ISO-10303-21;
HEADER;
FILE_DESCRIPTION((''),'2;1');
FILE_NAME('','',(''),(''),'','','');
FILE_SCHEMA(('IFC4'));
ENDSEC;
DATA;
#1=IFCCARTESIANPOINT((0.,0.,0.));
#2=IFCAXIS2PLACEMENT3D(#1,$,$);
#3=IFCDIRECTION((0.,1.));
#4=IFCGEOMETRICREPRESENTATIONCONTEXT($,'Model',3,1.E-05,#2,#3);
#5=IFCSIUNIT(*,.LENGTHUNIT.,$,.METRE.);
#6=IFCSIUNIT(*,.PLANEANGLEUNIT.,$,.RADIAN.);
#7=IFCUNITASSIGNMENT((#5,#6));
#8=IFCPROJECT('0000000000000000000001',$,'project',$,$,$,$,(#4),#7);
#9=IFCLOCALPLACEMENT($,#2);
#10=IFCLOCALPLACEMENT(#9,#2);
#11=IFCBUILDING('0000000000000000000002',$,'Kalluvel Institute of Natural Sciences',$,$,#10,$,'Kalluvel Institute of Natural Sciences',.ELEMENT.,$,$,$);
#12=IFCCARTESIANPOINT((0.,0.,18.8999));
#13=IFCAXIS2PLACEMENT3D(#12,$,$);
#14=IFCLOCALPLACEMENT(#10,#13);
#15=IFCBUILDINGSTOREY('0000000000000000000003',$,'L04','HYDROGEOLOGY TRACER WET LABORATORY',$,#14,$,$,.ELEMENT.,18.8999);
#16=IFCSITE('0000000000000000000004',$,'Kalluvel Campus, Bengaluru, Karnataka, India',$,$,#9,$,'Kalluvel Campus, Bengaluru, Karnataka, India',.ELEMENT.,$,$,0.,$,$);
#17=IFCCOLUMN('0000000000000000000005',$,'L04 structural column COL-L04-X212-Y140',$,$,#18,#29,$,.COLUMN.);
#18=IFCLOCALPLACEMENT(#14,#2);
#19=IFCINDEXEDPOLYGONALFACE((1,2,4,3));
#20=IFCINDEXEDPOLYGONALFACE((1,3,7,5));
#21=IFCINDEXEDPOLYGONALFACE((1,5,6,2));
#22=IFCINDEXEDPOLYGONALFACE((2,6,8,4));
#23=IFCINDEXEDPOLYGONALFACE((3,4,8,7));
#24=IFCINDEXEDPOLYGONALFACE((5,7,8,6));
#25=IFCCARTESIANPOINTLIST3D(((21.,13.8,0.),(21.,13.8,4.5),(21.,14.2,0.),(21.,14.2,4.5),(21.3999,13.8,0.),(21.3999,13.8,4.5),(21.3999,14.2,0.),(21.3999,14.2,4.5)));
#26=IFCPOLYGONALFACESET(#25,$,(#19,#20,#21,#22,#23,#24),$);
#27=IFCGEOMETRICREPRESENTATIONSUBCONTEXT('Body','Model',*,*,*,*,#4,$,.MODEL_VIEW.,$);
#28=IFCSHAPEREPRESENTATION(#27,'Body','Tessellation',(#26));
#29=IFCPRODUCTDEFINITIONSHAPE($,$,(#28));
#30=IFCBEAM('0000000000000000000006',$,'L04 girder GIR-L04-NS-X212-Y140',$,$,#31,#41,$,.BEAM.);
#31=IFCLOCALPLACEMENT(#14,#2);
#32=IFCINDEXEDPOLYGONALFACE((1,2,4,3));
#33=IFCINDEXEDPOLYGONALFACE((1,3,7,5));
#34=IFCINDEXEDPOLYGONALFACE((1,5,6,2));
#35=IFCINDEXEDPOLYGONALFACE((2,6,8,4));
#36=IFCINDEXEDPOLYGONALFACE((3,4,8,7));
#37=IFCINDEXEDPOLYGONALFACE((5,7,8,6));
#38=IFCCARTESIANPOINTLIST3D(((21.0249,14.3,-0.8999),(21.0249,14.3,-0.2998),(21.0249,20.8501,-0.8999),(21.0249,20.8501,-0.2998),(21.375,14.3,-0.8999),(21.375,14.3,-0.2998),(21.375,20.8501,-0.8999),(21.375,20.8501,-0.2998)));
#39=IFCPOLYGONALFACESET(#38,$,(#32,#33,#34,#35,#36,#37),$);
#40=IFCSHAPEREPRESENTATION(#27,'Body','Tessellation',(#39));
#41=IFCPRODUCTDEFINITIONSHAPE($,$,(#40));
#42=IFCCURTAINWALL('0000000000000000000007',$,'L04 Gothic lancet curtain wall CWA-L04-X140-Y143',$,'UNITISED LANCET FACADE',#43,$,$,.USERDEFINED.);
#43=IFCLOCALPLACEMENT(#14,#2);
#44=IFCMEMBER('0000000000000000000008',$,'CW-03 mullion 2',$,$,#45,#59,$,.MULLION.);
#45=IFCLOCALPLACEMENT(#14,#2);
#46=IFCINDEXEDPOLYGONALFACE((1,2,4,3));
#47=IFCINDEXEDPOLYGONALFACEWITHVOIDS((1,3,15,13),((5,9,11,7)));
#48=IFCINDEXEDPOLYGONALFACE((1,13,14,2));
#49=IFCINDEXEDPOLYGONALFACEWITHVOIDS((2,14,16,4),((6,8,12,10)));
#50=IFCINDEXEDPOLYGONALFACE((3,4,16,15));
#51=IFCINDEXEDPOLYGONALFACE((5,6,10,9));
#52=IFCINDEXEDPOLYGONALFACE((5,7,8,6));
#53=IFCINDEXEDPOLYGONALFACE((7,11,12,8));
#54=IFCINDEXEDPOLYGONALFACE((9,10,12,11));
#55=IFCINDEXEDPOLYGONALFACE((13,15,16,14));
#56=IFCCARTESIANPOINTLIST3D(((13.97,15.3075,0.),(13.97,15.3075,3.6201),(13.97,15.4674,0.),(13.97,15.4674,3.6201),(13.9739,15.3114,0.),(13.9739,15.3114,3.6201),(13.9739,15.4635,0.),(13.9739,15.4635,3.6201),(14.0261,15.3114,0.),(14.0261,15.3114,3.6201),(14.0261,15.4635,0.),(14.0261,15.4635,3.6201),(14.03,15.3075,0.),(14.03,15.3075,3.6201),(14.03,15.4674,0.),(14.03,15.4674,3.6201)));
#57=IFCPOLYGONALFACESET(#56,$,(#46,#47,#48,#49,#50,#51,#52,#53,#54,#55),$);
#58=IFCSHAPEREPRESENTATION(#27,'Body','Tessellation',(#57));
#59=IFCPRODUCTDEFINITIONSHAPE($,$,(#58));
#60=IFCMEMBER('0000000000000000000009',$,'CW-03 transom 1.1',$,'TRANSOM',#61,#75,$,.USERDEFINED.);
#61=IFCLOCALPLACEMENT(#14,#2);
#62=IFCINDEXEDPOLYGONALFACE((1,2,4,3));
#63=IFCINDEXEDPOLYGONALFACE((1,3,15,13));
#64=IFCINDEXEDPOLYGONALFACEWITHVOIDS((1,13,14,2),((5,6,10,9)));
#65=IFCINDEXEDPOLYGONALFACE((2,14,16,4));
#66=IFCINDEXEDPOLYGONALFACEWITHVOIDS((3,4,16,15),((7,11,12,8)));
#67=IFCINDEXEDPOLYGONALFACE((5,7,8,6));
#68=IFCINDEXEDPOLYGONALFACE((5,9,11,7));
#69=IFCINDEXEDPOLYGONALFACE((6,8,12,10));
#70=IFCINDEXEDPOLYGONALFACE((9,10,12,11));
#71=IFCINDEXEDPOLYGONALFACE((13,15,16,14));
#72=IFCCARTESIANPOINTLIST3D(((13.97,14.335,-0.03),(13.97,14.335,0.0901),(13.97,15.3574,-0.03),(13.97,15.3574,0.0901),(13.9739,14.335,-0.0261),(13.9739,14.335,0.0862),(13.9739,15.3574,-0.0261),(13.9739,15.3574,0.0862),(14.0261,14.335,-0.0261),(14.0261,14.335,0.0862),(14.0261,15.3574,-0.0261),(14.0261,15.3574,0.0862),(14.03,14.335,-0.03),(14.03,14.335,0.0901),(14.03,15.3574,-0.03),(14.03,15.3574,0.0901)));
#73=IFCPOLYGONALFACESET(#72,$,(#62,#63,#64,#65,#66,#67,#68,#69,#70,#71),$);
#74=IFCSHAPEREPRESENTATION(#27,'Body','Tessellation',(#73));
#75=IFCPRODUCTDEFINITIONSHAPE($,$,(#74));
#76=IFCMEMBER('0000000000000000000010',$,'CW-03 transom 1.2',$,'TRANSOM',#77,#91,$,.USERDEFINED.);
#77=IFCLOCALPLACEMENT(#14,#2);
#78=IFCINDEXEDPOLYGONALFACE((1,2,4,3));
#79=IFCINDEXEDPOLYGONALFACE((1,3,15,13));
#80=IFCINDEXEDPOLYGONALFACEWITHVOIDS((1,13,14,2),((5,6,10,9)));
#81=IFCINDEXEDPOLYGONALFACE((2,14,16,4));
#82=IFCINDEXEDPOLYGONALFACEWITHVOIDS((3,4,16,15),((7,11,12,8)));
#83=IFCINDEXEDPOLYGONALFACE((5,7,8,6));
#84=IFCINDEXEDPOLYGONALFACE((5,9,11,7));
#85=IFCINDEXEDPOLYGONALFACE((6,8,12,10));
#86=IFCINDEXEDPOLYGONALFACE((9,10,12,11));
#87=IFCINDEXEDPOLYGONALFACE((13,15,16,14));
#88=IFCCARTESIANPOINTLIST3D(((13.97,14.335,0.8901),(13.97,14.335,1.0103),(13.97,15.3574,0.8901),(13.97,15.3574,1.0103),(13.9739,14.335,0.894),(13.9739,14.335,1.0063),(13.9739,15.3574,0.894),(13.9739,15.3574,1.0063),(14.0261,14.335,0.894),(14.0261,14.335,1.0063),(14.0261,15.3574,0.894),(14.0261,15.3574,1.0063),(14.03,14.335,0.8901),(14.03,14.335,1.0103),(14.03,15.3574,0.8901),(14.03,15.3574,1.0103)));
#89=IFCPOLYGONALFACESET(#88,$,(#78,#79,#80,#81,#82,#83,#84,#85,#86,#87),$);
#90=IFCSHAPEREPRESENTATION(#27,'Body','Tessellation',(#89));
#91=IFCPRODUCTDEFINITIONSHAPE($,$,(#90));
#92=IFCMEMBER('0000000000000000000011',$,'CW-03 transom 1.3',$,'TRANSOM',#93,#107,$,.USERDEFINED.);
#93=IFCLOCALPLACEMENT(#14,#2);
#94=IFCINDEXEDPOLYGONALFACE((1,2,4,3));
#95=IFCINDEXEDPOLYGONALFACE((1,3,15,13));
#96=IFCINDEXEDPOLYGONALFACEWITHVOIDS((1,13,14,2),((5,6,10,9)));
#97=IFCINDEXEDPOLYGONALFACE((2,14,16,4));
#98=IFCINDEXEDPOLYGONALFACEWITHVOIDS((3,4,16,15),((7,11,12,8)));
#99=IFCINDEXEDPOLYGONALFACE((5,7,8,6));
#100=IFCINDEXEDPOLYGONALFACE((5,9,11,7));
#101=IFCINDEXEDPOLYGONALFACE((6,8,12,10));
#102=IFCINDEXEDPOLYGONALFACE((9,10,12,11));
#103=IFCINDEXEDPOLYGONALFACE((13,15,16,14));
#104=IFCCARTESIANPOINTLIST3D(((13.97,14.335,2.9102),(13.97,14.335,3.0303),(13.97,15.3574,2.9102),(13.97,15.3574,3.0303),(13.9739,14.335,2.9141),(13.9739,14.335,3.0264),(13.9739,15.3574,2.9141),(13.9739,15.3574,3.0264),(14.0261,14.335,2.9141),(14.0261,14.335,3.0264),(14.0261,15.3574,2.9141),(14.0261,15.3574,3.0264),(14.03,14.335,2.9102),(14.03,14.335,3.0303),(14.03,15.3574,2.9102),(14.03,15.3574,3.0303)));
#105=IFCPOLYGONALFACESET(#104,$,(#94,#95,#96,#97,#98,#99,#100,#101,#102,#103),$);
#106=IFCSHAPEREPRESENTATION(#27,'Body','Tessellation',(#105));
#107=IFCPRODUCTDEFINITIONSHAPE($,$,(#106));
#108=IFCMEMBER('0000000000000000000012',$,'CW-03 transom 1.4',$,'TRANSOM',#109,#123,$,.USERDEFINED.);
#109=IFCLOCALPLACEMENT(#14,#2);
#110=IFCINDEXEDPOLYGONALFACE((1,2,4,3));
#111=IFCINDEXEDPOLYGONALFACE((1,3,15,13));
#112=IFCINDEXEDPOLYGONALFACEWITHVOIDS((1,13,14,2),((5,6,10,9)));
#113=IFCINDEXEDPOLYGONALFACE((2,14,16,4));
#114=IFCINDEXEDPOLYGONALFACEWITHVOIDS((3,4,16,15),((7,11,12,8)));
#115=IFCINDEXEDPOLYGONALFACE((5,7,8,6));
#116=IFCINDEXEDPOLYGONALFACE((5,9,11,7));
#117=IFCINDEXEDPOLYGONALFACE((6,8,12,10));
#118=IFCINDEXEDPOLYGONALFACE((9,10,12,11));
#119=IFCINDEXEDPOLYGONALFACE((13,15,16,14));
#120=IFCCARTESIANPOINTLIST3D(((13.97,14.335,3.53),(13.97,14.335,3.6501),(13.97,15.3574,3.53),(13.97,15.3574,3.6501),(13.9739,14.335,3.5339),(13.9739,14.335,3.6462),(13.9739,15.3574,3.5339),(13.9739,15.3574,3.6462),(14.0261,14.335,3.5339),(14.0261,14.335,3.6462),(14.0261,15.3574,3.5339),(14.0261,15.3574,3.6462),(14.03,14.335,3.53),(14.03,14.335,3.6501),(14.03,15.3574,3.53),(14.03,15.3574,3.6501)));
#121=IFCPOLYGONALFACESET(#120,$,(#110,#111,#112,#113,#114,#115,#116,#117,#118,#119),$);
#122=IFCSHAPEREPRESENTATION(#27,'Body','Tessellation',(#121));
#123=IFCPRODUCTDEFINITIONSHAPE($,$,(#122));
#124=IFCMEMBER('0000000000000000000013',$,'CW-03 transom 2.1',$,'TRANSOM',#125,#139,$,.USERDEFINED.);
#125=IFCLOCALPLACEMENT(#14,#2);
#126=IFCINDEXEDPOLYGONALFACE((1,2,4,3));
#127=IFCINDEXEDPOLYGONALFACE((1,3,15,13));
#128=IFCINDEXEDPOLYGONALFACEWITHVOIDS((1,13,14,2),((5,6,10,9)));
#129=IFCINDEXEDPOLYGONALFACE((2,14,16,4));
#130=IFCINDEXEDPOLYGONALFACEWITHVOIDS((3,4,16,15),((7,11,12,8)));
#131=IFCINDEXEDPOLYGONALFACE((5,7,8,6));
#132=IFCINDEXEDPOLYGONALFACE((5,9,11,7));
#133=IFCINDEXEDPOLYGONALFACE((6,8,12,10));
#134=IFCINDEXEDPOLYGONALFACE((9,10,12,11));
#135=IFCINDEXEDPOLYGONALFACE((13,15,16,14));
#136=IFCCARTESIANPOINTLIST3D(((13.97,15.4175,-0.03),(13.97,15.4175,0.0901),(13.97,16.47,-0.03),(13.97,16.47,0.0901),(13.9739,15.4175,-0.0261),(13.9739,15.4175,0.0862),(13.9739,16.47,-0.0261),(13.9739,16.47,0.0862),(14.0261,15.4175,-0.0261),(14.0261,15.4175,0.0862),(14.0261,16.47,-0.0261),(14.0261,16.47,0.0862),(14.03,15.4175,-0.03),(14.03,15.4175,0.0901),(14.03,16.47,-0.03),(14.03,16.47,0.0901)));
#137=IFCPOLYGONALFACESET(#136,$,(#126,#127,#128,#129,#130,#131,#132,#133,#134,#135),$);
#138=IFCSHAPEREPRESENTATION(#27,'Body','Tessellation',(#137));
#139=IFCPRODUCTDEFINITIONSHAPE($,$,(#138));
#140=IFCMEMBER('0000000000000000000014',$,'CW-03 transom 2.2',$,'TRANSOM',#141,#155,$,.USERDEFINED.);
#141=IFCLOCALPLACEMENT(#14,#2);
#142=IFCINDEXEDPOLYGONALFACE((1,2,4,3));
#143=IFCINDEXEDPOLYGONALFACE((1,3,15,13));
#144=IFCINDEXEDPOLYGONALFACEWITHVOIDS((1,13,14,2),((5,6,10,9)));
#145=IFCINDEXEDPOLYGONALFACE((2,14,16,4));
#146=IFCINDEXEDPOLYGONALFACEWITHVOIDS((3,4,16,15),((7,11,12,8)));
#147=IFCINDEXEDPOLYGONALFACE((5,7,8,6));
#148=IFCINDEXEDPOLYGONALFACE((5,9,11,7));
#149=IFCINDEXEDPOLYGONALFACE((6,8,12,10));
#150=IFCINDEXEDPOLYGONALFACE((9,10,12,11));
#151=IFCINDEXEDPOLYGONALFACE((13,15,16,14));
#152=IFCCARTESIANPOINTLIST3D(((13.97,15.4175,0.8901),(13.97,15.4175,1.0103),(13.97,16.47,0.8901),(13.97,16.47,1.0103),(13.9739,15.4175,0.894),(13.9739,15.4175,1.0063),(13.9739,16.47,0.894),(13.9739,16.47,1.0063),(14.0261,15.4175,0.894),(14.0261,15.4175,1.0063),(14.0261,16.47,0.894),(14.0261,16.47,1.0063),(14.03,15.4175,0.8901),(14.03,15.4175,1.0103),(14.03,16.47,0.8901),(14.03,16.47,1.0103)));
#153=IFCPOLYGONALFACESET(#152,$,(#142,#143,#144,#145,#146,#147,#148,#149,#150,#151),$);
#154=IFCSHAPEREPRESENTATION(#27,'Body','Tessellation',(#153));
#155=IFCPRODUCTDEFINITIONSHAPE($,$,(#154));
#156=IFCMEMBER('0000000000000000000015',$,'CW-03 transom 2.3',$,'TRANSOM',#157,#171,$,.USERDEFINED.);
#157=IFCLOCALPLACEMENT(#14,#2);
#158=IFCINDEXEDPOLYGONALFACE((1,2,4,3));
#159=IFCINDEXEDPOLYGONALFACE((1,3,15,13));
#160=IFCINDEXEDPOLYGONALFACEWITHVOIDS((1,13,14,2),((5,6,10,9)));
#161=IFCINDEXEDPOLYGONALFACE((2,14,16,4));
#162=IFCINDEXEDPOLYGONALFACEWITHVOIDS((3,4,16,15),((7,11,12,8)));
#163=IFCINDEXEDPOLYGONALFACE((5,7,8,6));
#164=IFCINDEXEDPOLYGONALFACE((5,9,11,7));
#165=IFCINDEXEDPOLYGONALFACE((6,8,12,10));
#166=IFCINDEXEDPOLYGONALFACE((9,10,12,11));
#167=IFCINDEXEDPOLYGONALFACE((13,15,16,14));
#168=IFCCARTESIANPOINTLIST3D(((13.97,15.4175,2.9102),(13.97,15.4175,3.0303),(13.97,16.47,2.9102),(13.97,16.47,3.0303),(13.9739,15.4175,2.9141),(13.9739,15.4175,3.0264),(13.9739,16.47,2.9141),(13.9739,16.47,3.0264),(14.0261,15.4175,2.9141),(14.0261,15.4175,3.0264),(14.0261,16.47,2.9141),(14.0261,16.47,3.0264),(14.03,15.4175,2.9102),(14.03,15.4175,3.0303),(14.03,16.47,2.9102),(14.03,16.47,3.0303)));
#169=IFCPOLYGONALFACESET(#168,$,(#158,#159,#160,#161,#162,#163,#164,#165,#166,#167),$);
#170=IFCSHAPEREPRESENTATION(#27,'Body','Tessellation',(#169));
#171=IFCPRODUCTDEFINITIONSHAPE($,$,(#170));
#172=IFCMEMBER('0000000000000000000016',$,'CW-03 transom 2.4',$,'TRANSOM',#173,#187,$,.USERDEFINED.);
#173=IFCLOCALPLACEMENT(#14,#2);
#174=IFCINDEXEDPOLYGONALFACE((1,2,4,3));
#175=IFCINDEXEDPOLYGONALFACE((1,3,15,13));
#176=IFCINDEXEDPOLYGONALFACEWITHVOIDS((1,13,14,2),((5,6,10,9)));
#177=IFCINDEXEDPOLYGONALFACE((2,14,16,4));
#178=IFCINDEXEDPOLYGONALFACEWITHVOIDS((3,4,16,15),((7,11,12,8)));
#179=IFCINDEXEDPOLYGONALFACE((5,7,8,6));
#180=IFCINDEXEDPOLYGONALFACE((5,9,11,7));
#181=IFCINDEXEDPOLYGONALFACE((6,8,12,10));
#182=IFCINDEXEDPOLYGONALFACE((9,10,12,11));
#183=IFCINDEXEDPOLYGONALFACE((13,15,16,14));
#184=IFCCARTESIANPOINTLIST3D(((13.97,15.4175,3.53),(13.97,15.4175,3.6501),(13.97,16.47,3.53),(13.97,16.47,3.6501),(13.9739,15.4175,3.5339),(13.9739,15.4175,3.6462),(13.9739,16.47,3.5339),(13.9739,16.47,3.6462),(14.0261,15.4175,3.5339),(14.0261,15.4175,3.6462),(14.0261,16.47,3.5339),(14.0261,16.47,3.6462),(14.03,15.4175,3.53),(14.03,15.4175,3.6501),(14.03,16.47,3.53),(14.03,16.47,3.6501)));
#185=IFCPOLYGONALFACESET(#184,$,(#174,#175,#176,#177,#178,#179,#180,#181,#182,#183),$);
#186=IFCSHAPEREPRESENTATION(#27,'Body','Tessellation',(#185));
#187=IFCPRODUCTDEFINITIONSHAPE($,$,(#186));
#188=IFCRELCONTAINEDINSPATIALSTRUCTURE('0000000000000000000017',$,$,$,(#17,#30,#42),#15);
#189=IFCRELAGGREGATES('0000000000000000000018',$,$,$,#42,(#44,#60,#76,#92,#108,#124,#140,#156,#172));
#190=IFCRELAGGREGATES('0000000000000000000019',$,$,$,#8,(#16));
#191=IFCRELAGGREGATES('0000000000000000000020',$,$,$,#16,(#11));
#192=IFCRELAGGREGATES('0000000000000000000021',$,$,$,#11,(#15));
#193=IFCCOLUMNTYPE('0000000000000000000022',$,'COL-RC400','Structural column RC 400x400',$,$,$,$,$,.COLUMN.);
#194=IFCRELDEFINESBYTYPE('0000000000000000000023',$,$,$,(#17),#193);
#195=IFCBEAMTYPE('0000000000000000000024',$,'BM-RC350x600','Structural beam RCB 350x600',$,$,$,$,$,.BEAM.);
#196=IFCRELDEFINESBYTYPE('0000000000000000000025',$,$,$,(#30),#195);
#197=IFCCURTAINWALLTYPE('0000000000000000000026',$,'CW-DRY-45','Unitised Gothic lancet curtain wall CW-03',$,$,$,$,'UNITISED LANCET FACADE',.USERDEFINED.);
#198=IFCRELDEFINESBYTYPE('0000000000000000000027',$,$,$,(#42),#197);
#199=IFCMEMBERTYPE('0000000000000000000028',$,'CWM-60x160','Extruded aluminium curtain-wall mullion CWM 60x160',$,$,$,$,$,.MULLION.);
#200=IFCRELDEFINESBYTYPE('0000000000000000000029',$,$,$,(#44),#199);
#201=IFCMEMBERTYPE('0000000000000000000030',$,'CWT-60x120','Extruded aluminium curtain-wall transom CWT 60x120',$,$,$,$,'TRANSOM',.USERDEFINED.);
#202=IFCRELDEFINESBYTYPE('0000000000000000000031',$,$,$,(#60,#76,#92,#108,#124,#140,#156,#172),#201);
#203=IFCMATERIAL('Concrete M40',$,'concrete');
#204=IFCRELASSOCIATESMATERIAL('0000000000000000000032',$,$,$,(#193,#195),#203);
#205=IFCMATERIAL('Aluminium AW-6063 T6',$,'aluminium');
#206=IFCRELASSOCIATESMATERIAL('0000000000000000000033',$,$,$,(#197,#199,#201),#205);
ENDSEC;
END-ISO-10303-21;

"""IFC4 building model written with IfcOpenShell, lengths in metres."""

from ifc_helpers import new_model, si_unit, direction, frame, origin, origin_2d, place, context, subcontext, project, spatial, rectangle, hollow_rectangle, extrude, material, material_profile, profile_set, type_object, element, aggregate, save


model = new_model("IFC4")

# Units and contexts
model_context = context("Model", 3, precision=1e-05, world=origin(), true_north=direction((0.0, 1.0)))
body_context = subcontext(model_context, "Body", "Model", "MODEL_VIEW")
ifc_project = project(units=[si_unit("LENGTHUNIT", "METRE"), si_unit("PLANEANGLEUNIT", "RADIAN")], contexts=[model_context])

# Site, building, storey
site_placement = place(None, origin())
site = spatial("IfcSite", under=ifc_project, at=site_placement, Name="Kalluvel Campus, Bengaluru, Karnataka, India", LongName="Kalluvel Campus, Bengaluru, Karnataka, India", CompositionType="ELEMENT", RefElevation=0.0)
building_placement = place(site_placement, origin())
building = spatial("IfcBuilding", under=site, at=building_placement, Name="Kalluvel Institute of Natural Sciences", LongName="Kalluvel Institute of Natural Sciences", CompositionType="ELEMENT")
storey_placement = place(building_placement, frame((0.0, 0.0, 18.8999)))
storey = spatial("IfcBuildingStorey", under=building, at=storey_placement, Name="L04", Description="HYDROGEOLOGY TRACER WET LABORATORY", CompositionType="ELEMENT", Elevation=18.8999)

# Column
ifc_material_1 = material(Name="Concrete M40", Category="concrete")
ifc_material_profile_1 = material_profile(ifc_material_1, rectangle(XDim=0.3999, YDim=0.3999, at=origin_2d()), Name="RC 400x400")
ifc_profile_set_1 = profile_set([ifc_material_profile_1], Name="Concrete M40")
column_type = type_object("IfcColumnType", Name="COL-RC400", Description="Structural column RC 400x400", PredefinedType="COLUMN", material=ifc_profile_set_1)
column_placement = place(storey_placement, frame((21.2, 14.0, 0.0), z_axis=(0.0, 0.0, 1.0), x_axis=(1.0, 0.0, 0.0)))
element("IfcColumn", 1, at=column_placement, inside=storey, type_object=column_type, Name="L04 structural column COL-L04-X212-Y140", PredefinedType="COLUMN", context=body_context, shape_type="SweptSolid", body=[
    extrude(rectangle(XDim=0.3999, YDim=0.3999, at=origin_2d()), origin(), (0.0, 0.0, 1.0), 4.5),
])

# Beam
ifc_material_profile_2 = material_profile(ifc_material_1, rectangle(XDim=0.3501, YDim=0.6001, at=origin_2d()), Name="RCB 350x600")
ifc_profile_set_2 = profile_set([ifc_material_profile_2], Name="Concrete M40")
beam_type_1 = type_object("IfcBeamType", Name="BM-RC350x600", Description="Structural beam RCB 350x600", PredefinedType="BEAM", material=ifc_profile_set_2)
beam_1_placement = place(storey_placement, frame((21.2, 14.3, -0.5999), z_axis=(0.0, 1.0, 0.0), x_axis=(-1.0, 0.0, 0.0)))
element("IfcBeam", 2, at=beam_1_placement, inside=storey, type_object=beam_type_1, Name="L04 girder GIR-L04-NS-X212-Y140", PredefinedType="BEAM", context=body_context, shape_type="SweptSolid", body=[
    extrude(rectangle(XDim=0.3501, YDim=0.6001, at=origin_2d()), origin(), (0.0, 0.0, 1.0), 6.55),
])

# Curtain wall, members
ifc_material_2 = material(Name="Aluminium AW-6063 T6", Category="aluminium")
curtain_wall_type = type_object("IfcCurtainWallType", Name="CW-DRY-45", Description="Unitised Gothic lancet curtain wall CW-03", ElementType="UNITISED LANCET FACADE", PredefinedType="USERDEFINED", material=ifc_material_2)
curtain_wall_placement = place(storey_placement, origin())
curtain_wall = element("IfcCurtainWall", 3, at=curtain_wall_placement, inside=storey, type_object=curtain_wall_type, Name="L04 Gothic lancet curtain wall CWA-L04-X140-Y143", ObjectType="UNITISED LANCET FACADE", PredefinedType="USERDEFINED")
ifc_material_profile_3 = material_profile(ifc_material_2, hollow_rectangle(XDim=0.0601, YDim=0.1599, WallThickness=0.0039, at=origin_2d()), Name="CWM 60x160")
ifc_profile_set_3 = profile_set([ifc_material_profile_3], Name="Aluminium AW-6063 T6")
member_type_1 = type_object("IfcMemberType", Name="CWM-60x160", Description="Extruded aluminium curtain-wall mullion CWM 60x160", PredefinedType="MULLION", material=ifc_profile_set_3)
member_1_placement = place(storey_placement, frame((14.0, 15.3875, 0.0), z_axis=(0.0, 0.0, 1.0), x_axis=(-1.0, 0.0, 0.0)))
member_1 = element("IfcMember", 4, at=member_1_placement, type_object=member_type_1, Name="CW-03 mullion 2", PredefinedType="MULLION", context=body_context, shape_type="SweptSolid", body=[
    extrude(hollow_rectangle(XDim=0.0601, YDim=0.1599, WallThickness=0.0039, at=origin_2d()), origin(), (0.0, 0.0, 1.0), 3.6201),
])
ifc_material_profile_4 = material_profile(ifc_material_2, hollow_rectangle(XDim=0.0601, YDim=0.1201, WallThickness=0.0039, at=origin_2d()), Name="CWT 60x120")
ifc_profile_set_4 = profile_set([ifc_material_profile_4], Name="Aluminium AW-6063 T6")
member_type_2 = type_object("IfcMemberType", Name="CWT-60x120", Description="Extruded aluminium curtain-wall transom CWT 60x120", ElementType="TRANSOM", PredefinedType="USERDEFINED", material=ifc_profile_set_4)
member_2_placement = place(storey_placement, frame((14.0, 14.335, 0.03), z_axis=(0.0, 1.0, 0.0), x_axis=(-1.0, 0.0, 0.0)))
member_2 = element("IfcMember", 5, at=member_2_placement, type_object=member_type_2, Name="CW-03 transom 1.1", ObjectType="TRANSOM", PredefinedType="USERDEFINED", context=body_context, shape_type="SweptSolid", body=[
    extrude(hollow_rectangle(XDim=0.0601, YDim=0.1201, WallThickness=0.0039, at=origin_2d()), origin(), (0.0, 0.0, 1.0), 1.0225),
])
member_3_placement = place(storey_placement, frame((14.0, 14.335, 0.9502), z_axis=(0.0, 1.0, 0.0), x_axis=(-1.0, 0.0, 0.0)))
member_3 = element("IfcMember", 6, at=member_3_placement, type_object=member_type_2, Name="CW-03 transom 1.2", ObjectType="TRANSOM", PredefinedType="USERDEFINED", context=body_context, shape_type="SweptSolid", body=[
    extrude(hollow_rectangle(XDim=0.0601, YDim=0.1201, WallThickness=0.0039, at=origin_2d()), origin(), (0.0, 0.0, 1.0), 1.0225),
])
member_4_placement = place(storey_placement, frame((14.0, 14.335, 2.9702), z_axis=(0.0, 1.0, 0.0), x_axis=(-1.0, 0.0, 0.0)))
member_4 = element("IfcMember", 7, at=member_4_placement, type_object=member_type_2, Name="CW-03 transom 1.3", ObjectType="TRANSOM", PredefinedType="USERDEFINED", context=body_context, shape_type="SweptSolid", body=[
    extrude(hollow_rectangle(XDim=0.0601, YDim=0.1201, WallThickness=0.0039, at=origin_2d()), origin(), (0.0, 0.0, 1.0), 1.0225),
])
member_5_placement = place(storey_placement, frame((14.0, 14.335, 3.5901), z_axis=(0.0, 1.0, 0.0), x_axis=(-1.0, 0.0, 0.0)))
member_5 = element("IfcMember", 8, at=member_5_placement, type_object=member_type_2, Name="CW-03 transom 1.4", ObjectType="TRANSOM", PredefinedType="USERDEFINED", context=body_context, shape_type="SweptSolid", body=[
    extrude(hollow_rectangle(XDim=0.0601, YDim=0.1201, WallThickness=0.0039, at=origin_2d()), origin(), (0.0, 0.0, 1.0), 1.0225),
])
member_6_placement = place(storey_placement, frame((14.0, 15.4175, 0.03), z_axis=(0.0, 1.0, 0.0), x_axis=(-1.0, 0.0, 0.0)))
member_6 = element("IfcMember", 9, at=member_6_placement, type_object=member_type_2, Name="CW-03 transom 2.1", ObjectType="TRANSOM", PredefinedType="USERDEFINED", context=body_context, shape_type="SweptSolid", body=[
    extrude(hollow_rectangle(XDim=0.0601, YDim=0.1201, WallThickness=0.0039, at=origin_2d()), origin(), (0.0, 0.0, 1.0), 1.0525),
])
member_7_placement = place(storey_placement, frame((14.0, 15.4175, 0.9502), z_axis=(0.0, 1.0, 0.0), x_axis=(-1.0, 0.0, 0.0)))
member_7 = element("IfcMember", 10, at=member_7_placement, type_object=member_type_2, Name="CW-03 transom 2.2", ObjectType="TRANSOM", PredefinedType="USERDEFINED", context=body_context, shape_type="SweptSolid", body=[
    extrude(hollow_rectangle(XDim=0.0601, YDim=0.1201, WallThickness=0.0039, at=origin_2d()), origin(), (0.0, 0.0, 1.0), 1.0525),
])
member_8_placement = place(storey_placement, frame((14.0, 15.4175, 2.9702), z_axis=(0.0, 1.0, 0.0), x_axis=(-1.0, 0.0, 0.0)))
member_8 = element("IfcMember", 11, at=member_8_placement, type_object=member_type_2, Name="CW-03 transom 2.3", ObjectType="TRANSOM", PredefinedType="USERDEFINED", context=body_context, shape_type="SweptSolid", body=[
    extrude(hollow_rectangle(XDim=0.0601, YDim=0.1201, WallThickness=0.0039, at=origin_2d()), origin(), (0.0, 0.0, 1.0), 1.0525),
])
member_9_placement = place(storey_placement, frame((14.0, 15.4175, 3.5901), z_axis=(0.0, 1.0, 0.0), x_axis=(-1.0, 0.0, 0.0)))
member_9 = element("IfcMember", 12, at=member_9_placement, type_object=member_type_2, Name="CW-03 transom 2.4", ObjectType="TRANSOM", PredefinedType="USERDEFINED", context=body_context, shape_type="SweptSolid", body=[
    extrude(hollow_rectangle(XDim=0.0601, YDim=0.1201, WallThickness=0.0039, at=origin_2d()), origin(), (0.0, 0.0, 1.0), 1.0525),
])

aggregate(curtain_wall, [member_1, member_2, member_3, member_4, member_5, member_6, member_7, member_8, member_9])

save(model, "model.ifc")
